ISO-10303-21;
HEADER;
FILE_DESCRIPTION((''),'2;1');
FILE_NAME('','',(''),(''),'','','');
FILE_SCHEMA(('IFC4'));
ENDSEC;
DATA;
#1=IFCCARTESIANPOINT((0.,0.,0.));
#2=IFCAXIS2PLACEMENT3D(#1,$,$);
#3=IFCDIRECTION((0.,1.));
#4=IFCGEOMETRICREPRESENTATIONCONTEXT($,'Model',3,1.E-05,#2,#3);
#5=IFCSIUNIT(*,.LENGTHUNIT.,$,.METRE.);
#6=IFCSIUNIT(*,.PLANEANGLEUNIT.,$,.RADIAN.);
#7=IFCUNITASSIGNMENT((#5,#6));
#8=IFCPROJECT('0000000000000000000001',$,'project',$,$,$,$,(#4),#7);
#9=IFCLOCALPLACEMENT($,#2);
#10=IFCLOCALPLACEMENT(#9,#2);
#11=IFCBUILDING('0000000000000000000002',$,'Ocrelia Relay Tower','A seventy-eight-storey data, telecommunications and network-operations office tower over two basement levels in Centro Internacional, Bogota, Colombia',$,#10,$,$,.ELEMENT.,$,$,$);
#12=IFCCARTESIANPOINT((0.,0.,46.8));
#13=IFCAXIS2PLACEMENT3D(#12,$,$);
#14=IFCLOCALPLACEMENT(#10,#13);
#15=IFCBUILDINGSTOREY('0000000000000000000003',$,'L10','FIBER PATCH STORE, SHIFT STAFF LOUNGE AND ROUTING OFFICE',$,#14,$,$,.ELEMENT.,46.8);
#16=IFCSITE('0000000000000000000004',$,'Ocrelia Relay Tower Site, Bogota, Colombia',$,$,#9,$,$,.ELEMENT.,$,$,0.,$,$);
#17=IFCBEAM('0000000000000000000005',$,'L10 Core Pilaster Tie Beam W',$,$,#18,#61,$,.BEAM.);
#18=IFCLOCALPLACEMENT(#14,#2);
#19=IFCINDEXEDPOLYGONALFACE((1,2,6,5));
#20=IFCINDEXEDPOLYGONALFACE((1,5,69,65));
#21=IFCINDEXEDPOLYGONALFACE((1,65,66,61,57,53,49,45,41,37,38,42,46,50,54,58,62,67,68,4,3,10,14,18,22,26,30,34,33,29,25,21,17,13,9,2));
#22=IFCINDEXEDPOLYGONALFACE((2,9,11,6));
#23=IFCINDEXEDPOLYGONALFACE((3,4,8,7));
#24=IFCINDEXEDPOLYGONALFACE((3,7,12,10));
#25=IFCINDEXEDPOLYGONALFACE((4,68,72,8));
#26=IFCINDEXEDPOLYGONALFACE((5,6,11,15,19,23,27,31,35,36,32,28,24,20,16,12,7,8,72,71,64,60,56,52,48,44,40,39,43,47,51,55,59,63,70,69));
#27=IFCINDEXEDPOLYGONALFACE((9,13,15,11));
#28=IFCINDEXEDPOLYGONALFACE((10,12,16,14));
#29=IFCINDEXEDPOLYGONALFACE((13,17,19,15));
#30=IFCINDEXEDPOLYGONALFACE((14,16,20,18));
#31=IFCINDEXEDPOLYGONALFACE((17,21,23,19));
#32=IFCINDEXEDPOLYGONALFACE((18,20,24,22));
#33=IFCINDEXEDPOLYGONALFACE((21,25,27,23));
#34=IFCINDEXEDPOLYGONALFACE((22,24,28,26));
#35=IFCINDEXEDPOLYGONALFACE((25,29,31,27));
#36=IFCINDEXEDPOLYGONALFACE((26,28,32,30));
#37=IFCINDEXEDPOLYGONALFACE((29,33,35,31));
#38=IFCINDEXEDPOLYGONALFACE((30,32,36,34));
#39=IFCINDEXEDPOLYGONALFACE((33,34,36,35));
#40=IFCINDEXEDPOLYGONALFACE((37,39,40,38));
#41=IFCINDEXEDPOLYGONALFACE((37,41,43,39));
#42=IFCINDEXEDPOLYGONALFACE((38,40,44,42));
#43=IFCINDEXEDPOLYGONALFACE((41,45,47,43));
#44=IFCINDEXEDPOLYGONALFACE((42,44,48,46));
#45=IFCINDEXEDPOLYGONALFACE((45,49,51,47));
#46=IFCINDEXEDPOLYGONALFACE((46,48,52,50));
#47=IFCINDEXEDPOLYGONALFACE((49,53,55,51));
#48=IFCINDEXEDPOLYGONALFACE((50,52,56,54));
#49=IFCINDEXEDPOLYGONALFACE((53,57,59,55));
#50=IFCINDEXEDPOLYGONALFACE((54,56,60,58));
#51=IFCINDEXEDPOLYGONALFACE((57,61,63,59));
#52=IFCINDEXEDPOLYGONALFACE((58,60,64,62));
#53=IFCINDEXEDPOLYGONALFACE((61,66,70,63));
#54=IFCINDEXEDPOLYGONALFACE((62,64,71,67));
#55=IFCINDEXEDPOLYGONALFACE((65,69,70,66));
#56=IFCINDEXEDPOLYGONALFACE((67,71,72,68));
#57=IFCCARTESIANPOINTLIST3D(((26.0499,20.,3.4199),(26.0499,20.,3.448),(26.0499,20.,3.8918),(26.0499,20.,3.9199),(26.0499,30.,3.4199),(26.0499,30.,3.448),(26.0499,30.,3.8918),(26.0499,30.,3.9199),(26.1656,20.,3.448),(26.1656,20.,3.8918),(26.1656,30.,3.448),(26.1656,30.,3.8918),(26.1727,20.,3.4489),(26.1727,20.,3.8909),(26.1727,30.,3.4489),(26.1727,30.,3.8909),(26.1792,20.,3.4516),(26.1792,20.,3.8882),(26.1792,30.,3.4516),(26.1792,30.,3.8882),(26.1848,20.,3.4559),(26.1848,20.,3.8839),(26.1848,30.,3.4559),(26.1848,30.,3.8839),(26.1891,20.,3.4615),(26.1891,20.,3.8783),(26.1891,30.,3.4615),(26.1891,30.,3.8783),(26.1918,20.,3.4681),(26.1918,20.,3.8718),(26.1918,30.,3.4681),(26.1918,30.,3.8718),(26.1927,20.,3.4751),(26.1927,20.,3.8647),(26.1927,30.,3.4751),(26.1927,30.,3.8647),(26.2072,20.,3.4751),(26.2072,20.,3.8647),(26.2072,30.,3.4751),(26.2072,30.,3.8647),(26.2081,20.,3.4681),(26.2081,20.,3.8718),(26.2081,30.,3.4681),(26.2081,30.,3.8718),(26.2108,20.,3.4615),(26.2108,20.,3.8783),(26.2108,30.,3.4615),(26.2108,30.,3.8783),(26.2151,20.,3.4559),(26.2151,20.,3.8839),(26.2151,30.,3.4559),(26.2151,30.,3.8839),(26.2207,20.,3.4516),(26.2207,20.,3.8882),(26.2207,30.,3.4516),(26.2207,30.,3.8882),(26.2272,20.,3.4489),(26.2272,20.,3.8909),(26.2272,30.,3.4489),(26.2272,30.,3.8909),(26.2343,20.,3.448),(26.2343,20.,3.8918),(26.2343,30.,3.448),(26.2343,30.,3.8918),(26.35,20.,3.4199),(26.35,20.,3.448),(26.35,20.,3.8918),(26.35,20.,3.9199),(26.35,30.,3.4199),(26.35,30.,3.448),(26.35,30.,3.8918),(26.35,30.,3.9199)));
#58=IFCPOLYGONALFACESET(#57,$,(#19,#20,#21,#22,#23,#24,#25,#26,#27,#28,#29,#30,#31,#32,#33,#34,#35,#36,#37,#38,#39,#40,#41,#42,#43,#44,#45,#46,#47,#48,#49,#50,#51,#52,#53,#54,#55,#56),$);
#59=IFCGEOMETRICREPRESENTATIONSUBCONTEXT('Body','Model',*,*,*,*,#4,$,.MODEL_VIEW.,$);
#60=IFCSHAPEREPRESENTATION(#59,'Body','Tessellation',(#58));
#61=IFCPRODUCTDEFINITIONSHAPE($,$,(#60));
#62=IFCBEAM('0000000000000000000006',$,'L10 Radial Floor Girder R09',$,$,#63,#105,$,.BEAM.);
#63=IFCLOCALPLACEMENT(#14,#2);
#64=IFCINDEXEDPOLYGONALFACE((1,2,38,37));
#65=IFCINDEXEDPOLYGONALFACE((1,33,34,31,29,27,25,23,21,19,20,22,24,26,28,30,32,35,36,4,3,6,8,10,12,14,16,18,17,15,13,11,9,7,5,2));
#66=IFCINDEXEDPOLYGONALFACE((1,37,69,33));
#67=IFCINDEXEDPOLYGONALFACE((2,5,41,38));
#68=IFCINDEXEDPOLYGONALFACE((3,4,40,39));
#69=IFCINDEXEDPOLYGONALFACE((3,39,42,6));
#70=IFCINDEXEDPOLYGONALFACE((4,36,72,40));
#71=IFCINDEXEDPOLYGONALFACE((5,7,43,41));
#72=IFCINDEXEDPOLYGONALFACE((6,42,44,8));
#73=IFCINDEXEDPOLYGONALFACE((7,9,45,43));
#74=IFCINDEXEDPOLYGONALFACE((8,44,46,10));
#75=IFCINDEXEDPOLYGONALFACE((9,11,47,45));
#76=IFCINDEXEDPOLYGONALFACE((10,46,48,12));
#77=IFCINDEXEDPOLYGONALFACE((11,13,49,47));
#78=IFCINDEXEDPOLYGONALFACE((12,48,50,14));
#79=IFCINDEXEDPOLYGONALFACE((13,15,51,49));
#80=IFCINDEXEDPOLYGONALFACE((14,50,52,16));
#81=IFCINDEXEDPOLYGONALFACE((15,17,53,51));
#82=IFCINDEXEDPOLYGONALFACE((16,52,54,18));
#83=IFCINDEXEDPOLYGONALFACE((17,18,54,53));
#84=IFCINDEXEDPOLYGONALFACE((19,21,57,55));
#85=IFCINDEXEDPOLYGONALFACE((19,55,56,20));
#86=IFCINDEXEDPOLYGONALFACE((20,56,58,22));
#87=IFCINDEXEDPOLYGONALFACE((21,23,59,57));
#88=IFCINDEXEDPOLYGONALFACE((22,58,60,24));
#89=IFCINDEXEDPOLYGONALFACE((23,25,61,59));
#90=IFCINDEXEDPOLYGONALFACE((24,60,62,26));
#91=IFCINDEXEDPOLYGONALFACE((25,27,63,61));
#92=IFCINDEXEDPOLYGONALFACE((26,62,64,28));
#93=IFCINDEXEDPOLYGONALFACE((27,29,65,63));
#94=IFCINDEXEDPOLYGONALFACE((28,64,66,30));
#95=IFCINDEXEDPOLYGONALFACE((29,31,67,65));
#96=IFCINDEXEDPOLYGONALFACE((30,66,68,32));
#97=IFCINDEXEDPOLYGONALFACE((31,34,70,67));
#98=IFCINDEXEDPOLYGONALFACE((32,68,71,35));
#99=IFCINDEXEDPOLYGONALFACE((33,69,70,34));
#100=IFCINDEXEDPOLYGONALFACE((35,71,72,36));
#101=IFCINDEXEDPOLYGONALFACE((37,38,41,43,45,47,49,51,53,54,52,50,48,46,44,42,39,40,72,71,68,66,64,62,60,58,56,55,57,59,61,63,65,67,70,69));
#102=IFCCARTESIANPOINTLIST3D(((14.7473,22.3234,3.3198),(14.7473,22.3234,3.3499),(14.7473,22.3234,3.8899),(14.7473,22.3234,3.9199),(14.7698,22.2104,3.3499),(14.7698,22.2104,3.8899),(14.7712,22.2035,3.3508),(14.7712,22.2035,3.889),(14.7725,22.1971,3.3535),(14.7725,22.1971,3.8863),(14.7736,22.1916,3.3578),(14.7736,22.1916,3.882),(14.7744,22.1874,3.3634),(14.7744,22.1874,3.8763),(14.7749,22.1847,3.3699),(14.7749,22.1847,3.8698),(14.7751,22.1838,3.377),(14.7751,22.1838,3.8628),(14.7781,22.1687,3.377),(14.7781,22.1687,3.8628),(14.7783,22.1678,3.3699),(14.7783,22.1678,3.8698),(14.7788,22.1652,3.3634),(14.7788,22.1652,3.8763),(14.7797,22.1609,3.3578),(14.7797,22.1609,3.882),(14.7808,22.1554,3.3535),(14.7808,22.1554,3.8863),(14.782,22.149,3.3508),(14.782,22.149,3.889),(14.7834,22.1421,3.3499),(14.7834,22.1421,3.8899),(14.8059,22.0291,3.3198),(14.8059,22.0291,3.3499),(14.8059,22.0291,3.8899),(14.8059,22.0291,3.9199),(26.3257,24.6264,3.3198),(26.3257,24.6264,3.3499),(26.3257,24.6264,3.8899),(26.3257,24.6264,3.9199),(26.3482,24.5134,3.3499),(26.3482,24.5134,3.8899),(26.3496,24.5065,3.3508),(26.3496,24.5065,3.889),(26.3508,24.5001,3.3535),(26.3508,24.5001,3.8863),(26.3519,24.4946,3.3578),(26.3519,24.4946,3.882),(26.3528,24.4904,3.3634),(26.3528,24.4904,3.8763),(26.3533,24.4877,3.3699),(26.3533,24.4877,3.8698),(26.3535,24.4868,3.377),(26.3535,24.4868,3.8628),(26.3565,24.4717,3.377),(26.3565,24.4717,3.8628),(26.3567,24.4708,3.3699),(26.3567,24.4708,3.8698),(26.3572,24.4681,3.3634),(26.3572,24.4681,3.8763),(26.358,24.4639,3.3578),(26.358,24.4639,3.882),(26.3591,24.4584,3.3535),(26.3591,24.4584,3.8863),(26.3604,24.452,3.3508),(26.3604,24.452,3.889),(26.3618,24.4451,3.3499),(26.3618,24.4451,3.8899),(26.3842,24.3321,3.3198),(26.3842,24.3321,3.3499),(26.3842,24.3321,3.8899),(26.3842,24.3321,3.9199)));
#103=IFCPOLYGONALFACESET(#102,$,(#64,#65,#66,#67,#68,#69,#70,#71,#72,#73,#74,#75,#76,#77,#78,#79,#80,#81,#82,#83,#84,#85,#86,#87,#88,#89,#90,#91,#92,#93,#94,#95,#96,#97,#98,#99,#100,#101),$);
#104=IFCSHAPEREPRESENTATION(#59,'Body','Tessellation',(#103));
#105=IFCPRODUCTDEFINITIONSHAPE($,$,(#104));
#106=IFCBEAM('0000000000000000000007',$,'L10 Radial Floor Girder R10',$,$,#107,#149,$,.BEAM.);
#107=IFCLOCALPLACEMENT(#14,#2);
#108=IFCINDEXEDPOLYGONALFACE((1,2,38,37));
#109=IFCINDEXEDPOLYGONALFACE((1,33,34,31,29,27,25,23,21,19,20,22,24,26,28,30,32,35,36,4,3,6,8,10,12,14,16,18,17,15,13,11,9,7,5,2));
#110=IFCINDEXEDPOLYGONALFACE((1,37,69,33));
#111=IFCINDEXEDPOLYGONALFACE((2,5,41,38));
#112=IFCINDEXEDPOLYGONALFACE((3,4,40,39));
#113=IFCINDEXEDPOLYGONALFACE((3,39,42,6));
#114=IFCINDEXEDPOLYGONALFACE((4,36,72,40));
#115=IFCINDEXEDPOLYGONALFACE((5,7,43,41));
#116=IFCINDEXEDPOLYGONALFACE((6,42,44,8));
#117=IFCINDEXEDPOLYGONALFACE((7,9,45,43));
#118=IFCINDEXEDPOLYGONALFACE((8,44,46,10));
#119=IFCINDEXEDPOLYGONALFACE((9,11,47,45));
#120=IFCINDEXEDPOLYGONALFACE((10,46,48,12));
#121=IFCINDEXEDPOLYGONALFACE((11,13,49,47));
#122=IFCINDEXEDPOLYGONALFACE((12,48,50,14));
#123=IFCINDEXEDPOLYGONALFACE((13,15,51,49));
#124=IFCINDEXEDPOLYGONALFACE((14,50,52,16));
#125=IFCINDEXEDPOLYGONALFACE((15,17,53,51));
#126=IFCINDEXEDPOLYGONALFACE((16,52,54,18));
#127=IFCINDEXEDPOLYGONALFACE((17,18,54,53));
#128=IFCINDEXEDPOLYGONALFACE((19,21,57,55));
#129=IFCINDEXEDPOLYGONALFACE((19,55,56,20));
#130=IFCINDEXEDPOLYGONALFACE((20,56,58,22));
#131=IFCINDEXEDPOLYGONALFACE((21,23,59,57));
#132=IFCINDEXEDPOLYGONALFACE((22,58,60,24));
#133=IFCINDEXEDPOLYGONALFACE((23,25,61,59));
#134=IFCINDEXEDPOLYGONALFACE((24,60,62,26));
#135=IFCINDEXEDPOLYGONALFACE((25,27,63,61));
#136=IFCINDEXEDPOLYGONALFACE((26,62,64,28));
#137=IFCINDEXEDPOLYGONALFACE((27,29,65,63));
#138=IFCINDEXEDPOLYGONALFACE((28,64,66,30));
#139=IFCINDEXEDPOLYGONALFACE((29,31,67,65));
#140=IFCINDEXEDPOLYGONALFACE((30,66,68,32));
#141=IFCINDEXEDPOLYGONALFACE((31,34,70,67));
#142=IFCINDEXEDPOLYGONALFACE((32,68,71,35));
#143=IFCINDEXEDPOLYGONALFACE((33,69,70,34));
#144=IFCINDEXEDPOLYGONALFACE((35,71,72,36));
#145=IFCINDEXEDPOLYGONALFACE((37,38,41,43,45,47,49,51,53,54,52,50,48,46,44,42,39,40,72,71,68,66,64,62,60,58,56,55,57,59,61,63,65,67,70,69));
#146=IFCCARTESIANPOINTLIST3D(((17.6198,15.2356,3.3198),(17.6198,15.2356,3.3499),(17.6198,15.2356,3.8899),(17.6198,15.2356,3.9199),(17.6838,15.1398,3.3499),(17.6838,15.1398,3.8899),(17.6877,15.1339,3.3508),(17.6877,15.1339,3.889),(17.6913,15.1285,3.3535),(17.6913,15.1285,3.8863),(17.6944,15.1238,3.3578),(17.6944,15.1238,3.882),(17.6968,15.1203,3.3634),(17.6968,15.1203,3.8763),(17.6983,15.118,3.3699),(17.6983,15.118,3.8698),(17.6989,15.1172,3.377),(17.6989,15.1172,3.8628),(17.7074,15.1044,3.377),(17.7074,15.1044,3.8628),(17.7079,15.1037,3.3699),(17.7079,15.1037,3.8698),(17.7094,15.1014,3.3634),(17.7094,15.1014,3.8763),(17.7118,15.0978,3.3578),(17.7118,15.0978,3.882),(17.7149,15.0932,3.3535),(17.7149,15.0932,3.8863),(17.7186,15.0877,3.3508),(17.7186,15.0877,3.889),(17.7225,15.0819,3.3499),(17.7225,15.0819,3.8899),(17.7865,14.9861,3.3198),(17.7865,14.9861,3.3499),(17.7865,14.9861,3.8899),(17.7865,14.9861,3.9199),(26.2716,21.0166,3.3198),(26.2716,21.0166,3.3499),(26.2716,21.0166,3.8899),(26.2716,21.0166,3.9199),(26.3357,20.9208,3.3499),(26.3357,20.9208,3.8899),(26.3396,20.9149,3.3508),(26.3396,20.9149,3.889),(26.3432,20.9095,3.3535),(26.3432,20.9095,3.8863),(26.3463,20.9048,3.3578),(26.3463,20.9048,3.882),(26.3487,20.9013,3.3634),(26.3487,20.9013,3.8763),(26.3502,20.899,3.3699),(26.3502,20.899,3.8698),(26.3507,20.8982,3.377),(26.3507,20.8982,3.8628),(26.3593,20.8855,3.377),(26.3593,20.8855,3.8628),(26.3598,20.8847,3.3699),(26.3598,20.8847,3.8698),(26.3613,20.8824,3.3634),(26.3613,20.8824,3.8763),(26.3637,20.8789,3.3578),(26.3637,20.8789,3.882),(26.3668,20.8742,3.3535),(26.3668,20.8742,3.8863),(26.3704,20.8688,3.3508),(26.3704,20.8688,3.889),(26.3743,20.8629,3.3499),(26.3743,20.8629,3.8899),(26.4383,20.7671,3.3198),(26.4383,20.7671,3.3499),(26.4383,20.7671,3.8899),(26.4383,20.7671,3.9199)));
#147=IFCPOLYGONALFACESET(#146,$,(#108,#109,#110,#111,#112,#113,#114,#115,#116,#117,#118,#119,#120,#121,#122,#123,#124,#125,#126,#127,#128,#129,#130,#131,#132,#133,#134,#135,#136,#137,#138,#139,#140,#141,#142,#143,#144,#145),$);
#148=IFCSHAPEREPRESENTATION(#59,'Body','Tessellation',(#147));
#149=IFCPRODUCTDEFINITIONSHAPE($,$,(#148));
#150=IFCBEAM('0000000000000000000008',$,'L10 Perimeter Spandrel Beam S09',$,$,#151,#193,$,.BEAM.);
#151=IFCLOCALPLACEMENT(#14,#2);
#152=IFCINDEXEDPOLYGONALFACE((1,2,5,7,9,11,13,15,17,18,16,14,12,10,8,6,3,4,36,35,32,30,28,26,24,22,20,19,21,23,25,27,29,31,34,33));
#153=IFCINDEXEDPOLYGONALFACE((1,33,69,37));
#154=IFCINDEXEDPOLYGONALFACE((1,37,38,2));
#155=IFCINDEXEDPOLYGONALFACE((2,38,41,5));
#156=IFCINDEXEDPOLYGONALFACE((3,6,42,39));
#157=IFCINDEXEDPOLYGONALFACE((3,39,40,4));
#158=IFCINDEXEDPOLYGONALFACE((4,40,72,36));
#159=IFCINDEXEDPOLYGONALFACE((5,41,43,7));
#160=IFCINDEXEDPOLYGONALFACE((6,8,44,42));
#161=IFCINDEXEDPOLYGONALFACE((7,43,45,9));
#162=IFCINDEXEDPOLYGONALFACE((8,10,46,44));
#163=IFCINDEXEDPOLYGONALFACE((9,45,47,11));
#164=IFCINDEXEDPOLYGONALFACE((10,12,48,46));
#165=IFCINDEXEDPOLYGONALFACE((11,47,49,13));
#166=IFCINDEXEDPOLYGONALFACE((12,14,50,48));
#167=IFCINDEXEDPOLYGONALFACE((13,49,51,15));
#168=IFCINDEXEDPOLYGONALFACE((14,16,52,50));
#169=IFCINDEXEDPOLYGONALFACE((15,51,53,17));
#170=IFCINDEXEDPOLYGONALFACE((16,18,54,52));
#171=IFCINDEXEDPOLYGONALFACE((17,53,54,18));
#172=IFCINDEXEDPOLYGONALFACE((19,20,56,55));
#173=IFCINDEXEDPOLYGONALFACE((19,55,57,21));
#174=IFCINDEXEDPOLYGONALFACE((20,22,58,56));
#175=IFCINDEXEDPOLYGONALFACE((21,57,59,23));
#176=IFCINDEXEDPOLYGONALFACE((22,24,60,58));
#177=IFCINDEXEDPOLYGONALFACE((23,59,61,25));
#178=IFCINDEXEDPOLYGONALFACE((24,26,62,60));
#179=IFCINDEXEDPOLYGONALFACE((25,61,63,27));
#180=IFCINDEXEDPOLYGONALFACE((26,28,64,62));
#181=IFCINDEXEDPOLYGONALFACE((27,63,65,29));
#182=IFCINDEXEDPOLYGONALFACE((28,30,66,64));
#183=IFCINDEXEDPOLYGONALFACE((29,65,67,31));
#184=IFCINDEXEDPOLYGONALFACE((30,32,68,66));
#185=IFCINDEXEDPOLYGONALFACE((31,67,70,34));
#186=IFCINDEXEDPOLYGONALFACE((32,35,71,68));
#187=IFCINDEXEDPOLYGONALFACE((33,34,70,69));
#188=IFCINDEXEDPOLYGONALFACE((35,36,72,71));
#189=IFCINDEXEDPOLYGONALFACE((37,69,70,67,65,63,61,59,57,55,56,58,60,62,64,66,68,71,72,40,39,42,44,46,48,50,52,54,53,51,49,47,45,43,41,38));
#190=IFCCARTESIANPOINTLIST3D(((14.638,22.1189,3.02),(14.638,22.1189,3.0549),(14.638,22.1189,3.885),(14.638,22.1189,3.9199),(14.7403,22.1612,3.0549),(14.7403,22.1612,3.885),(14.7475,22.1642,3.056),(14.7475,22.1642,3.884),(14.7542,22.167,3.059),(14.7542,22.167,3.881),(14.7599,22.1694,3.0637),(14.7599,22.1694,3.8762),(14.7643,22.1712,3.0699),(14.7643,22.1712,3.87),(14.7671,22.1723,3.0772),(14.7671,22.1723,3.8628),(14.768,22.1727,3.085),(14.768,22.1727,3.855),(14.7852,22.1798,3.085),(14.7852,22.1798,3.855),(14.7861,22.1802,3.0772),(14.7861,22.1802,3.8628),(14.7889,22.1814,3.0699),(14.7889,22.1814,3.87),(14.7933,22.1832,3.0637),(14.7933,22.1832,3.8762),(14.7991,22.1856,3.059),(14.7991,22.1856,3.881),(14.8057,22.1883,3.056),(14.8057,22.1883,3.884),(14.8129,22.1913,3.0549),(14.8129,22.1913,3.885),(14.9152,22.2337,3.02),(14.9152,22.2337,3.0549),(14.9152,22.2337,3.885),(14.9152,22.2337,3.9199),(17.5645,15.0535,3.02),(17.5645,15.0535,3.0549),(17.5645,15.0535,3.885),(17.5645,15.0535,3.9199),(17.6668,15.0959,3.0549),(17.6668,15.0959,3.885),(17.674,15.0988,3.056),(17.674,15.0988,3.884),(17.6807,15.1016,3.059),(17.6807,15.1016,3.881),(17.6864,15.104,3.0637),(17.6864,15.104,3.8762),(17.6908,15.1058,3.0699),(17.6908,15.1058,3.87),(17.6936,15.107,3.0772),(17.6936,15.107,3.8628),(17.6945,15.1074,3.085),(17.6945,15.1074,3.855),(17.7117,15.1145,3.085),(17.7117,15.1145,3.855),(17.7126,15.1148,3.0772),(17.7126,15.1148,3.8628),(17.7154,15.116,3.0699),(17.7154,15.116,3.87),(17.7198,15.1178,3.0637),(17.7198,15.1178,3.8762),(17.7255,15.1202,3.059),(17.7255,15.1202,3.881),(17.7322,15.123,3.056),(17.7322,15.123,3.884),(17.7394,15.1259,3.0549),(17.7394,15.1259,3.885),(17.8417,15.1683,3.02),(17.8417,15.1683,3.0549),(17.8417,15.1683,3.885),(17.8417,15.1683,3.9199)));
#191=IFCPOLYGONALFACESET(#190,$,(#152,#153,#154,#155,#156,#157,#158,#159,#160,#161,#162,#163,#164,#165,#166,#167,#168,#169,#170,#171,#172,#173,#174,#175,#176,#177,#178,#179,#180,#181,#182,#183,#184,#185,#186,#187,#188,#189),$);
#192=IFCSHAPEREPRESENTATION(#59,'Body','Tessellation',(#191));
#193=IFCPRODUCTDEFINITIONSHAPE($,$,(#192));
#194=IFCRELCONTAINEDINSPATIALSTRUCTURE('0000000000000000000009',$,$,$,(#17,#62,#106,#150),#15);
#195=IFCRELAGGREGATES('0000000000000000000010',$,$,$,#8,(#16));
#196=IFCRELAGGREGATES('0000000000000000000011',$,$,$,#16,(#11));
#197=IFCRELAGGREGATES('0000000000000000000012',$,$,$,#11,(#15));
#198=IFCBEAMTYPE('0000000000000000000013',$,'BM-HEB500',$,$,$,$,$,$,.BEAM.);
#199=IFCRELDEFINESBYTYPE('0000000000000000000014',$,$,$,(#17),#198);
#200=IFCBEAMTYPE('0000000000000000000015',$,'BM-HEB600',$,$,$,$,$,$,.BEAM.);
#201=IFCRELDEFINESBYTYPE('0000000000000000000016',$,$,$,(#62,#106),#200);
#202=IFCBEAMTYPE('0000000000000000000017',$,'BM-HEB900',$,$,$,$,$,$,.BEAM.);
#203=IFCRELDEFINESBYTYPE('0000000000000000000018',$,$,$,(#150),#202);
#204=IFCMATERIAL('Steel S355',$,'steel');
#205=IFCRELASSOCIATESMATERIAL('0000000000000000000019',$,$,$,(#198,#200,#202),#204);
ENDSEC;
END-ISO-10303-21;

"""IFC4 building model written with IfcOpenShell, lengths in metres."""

from ifc_helpers import new_model, si_unit, direction, frame, origin, origin_2d, place, context, subcontext, project, spatial, i_section, extrude, material, material_profile, profile_set, type_object, element, save


model = new_model("IFC4")

# Units and contexts
model_context = context("Model", 3, precision=1e-05, world=origin(), true_north=direction((0.0, 1.0)))
body_context = subcontext(model_context, "Body", "Model", "MODEL_VIEW")
ifc_project = project(units=[si_unit("LENGTHUNIT", "METRE"), si_unit("PLANEANGLEUNIT", "RADIAN")], contexts=[model_context])

# Site, building, storey
site_placement = place(None, origin())
site = spatial("IfcSite", under=ifc_project, at=site_placement, Name="Ocrelia Relay Tower Site, Bogota, Colombia", CompositionType="ELEMENT", RefElevation=0.0)
building_placement = place(site_placement, origin())
building = spatial("IfcBuilding", under=site, at=building_placement, Name="Ocrelia Relay Tower", Description="A seventy-eight-storey data, telecommunications and network-operations office tower over two basement levels in Centro Internacional, Bogota, Colombia", CompositionType="ELEMENT")
storey_placement = place(building_placement, frame((0.0, 0.0, 46.8)))
storey = spatial("IfcBuildingStorey", under=building, at=storey_placement, Name="L10", Description="FIBER PATCH STORE, SHIFT STAFF LOUNGE AND ROUTING OFFICE", CompositionType="ELEMENT", Elevation=46.8)

# Beams
ifc_material_1 = material(Name="Steel S355", Category="steel")
ifc_material_profile_1 = material_profile(ifc_material_1, i_section(OverallWidth=0.3, OverallDepth=0.5, WebThickness=0.0144, FlangeThickness=0.0281, FilletRadius=0.0271, at=origin_2d()), Name="HEB 500")
ifc_profile_set_1 = profile_set([ifc_material_profile_1], Name="Steel S355")
beam_type_1 = type_object("IfcBeamType", Name="BM-HEB500", PredefinedType="BEAM", material=ifc_profile_set_1)
beam_1_placement = place(storey_placement, frame((26.2, 20.0, 3.6699), z_axis=(0.0, 1.0, 0.0), x_axis=(-1.0, 0.0, 0.0)))
element("IfcBeam", 1, at=beam_1_placement, inside=storey, type_object=beam_type_1, Name="L10 Core Pilaster Tie Beam W", PredefinedType="BEAM", context=body_context, shape_type="SweptSolid", body=[
    extrude(i_section(OverallWidth=0.3, OverallDepth=0.5, WebThickness=0.0144, FlangeThickness=0.0281, FilletRadius=0.0271, at=origin_2d()), origin(), (0.0, 0.0, 1.0), 10.0),
])
ifc_material_profile_2 = material_profile(ifc_material_1, i_section(OverallWidth=0.3, OverallDepth=0.6001, WebThickness=0.0154, FlangeThickness=0.03, FilletRadius=0.0271, at=origin_2d()), Name="HEB 600")
ifc_profile_set_2 = profile_set([ifc_material_profile_2], Name="Steel S355")
beam_type_2 = type_object("IfcBeamType", Name="BM-HEB600", PredefinedType="BEAM", material=ifc_profile_set_2)
beam_2_placement = place(storey_placement, frame((14.7766, 22.1763, 3.6199), z_axis=(0.980787, 0.195082, 0.0), x_axis=(-0.195082, 0.980787, 0.0)))
element("IfcBeam", 2, at=beam_2_placement, inside=storey, type_object=beam_type_2, Name="L10 Radial Floor Girder R09", PredefinedType="BEAM", context=body_context, shape_type="SweptSolid", body=[
    extrude(i_section(OverallWidth=0.3, OverallDepth=0.6001, WebThickness=0.0154, FlangeThickness=0.03, FilletRadius=0.0271, at=origin_2d()), origin(), (0.0, 0.0, 1.0), 11.8052),
])
beam_3_placement = place(storey_placement, frame((17.7031, 15.1108, 3.6199), z_axis=(0.831469, 0.555572, 0.0), x_axis=(-0.555572, 0.831469, 0.0)))
element("IfcBeam", 3, at=beam_3_placement, inside=storey, type_object=beam_type_2, Name="L10 Radial Floor Girder R10", PredefinedType="BEAM", context=body_context, shape_type="SweptSolid", body=[
    extrude(i_section(OverallWidth=0.3, OverallDepth=0.6001, WebThickness=0.0154, FlangeThickness=0.03, FilletRadius=0.0271, at=origin_2d()), origin(), (0.0, 0.0, 1.0), 10.4055),
])
ifc_material_profile_3 = material_profile(ifc_material_1, i_section(OverallWidth=0.3, OverallDepth=0.8999, WebThickness=0.0186, FlangeThickness=0.0349, FilletRadius=0.03, at=origin_2d()), Name="HEB 900")
ifc_profile_set_3 = profile_set([ifc_material_profile_3], Name="Steel S355")
beam_type_3 = type_object("IfcBeamType", Name="BM-HEB900", PredefinedType="BEAM", material=ifc_profile_set_3)
beam_4_placement = place(storey_placement, frame((14.7766, 22.1763, 3.47), z_axis=(0.382674, -0.923883, 0.0), x_axis=(0.923883, 0.382674, 0.0)))
element("IfcBeam", 4, at=beam_4_placement, inside=storey, type_object=beam_type_3, Name="L10 Perimeter Spandrel Beam S09", PredefinedType="BEAM", context=body_context, shape_type="SweptSolid", body=[
    extrude(i_section(OverallWidth=0.3, OverallDepth=0.8999, WebThickness=0.0186, FlangeThickness=0.0349, FilletRadius=0.03, at=origin_2d()), origin(), (0.0, 0.0, 1.0), 7.6475),
])

save(model, "model.ifc")
